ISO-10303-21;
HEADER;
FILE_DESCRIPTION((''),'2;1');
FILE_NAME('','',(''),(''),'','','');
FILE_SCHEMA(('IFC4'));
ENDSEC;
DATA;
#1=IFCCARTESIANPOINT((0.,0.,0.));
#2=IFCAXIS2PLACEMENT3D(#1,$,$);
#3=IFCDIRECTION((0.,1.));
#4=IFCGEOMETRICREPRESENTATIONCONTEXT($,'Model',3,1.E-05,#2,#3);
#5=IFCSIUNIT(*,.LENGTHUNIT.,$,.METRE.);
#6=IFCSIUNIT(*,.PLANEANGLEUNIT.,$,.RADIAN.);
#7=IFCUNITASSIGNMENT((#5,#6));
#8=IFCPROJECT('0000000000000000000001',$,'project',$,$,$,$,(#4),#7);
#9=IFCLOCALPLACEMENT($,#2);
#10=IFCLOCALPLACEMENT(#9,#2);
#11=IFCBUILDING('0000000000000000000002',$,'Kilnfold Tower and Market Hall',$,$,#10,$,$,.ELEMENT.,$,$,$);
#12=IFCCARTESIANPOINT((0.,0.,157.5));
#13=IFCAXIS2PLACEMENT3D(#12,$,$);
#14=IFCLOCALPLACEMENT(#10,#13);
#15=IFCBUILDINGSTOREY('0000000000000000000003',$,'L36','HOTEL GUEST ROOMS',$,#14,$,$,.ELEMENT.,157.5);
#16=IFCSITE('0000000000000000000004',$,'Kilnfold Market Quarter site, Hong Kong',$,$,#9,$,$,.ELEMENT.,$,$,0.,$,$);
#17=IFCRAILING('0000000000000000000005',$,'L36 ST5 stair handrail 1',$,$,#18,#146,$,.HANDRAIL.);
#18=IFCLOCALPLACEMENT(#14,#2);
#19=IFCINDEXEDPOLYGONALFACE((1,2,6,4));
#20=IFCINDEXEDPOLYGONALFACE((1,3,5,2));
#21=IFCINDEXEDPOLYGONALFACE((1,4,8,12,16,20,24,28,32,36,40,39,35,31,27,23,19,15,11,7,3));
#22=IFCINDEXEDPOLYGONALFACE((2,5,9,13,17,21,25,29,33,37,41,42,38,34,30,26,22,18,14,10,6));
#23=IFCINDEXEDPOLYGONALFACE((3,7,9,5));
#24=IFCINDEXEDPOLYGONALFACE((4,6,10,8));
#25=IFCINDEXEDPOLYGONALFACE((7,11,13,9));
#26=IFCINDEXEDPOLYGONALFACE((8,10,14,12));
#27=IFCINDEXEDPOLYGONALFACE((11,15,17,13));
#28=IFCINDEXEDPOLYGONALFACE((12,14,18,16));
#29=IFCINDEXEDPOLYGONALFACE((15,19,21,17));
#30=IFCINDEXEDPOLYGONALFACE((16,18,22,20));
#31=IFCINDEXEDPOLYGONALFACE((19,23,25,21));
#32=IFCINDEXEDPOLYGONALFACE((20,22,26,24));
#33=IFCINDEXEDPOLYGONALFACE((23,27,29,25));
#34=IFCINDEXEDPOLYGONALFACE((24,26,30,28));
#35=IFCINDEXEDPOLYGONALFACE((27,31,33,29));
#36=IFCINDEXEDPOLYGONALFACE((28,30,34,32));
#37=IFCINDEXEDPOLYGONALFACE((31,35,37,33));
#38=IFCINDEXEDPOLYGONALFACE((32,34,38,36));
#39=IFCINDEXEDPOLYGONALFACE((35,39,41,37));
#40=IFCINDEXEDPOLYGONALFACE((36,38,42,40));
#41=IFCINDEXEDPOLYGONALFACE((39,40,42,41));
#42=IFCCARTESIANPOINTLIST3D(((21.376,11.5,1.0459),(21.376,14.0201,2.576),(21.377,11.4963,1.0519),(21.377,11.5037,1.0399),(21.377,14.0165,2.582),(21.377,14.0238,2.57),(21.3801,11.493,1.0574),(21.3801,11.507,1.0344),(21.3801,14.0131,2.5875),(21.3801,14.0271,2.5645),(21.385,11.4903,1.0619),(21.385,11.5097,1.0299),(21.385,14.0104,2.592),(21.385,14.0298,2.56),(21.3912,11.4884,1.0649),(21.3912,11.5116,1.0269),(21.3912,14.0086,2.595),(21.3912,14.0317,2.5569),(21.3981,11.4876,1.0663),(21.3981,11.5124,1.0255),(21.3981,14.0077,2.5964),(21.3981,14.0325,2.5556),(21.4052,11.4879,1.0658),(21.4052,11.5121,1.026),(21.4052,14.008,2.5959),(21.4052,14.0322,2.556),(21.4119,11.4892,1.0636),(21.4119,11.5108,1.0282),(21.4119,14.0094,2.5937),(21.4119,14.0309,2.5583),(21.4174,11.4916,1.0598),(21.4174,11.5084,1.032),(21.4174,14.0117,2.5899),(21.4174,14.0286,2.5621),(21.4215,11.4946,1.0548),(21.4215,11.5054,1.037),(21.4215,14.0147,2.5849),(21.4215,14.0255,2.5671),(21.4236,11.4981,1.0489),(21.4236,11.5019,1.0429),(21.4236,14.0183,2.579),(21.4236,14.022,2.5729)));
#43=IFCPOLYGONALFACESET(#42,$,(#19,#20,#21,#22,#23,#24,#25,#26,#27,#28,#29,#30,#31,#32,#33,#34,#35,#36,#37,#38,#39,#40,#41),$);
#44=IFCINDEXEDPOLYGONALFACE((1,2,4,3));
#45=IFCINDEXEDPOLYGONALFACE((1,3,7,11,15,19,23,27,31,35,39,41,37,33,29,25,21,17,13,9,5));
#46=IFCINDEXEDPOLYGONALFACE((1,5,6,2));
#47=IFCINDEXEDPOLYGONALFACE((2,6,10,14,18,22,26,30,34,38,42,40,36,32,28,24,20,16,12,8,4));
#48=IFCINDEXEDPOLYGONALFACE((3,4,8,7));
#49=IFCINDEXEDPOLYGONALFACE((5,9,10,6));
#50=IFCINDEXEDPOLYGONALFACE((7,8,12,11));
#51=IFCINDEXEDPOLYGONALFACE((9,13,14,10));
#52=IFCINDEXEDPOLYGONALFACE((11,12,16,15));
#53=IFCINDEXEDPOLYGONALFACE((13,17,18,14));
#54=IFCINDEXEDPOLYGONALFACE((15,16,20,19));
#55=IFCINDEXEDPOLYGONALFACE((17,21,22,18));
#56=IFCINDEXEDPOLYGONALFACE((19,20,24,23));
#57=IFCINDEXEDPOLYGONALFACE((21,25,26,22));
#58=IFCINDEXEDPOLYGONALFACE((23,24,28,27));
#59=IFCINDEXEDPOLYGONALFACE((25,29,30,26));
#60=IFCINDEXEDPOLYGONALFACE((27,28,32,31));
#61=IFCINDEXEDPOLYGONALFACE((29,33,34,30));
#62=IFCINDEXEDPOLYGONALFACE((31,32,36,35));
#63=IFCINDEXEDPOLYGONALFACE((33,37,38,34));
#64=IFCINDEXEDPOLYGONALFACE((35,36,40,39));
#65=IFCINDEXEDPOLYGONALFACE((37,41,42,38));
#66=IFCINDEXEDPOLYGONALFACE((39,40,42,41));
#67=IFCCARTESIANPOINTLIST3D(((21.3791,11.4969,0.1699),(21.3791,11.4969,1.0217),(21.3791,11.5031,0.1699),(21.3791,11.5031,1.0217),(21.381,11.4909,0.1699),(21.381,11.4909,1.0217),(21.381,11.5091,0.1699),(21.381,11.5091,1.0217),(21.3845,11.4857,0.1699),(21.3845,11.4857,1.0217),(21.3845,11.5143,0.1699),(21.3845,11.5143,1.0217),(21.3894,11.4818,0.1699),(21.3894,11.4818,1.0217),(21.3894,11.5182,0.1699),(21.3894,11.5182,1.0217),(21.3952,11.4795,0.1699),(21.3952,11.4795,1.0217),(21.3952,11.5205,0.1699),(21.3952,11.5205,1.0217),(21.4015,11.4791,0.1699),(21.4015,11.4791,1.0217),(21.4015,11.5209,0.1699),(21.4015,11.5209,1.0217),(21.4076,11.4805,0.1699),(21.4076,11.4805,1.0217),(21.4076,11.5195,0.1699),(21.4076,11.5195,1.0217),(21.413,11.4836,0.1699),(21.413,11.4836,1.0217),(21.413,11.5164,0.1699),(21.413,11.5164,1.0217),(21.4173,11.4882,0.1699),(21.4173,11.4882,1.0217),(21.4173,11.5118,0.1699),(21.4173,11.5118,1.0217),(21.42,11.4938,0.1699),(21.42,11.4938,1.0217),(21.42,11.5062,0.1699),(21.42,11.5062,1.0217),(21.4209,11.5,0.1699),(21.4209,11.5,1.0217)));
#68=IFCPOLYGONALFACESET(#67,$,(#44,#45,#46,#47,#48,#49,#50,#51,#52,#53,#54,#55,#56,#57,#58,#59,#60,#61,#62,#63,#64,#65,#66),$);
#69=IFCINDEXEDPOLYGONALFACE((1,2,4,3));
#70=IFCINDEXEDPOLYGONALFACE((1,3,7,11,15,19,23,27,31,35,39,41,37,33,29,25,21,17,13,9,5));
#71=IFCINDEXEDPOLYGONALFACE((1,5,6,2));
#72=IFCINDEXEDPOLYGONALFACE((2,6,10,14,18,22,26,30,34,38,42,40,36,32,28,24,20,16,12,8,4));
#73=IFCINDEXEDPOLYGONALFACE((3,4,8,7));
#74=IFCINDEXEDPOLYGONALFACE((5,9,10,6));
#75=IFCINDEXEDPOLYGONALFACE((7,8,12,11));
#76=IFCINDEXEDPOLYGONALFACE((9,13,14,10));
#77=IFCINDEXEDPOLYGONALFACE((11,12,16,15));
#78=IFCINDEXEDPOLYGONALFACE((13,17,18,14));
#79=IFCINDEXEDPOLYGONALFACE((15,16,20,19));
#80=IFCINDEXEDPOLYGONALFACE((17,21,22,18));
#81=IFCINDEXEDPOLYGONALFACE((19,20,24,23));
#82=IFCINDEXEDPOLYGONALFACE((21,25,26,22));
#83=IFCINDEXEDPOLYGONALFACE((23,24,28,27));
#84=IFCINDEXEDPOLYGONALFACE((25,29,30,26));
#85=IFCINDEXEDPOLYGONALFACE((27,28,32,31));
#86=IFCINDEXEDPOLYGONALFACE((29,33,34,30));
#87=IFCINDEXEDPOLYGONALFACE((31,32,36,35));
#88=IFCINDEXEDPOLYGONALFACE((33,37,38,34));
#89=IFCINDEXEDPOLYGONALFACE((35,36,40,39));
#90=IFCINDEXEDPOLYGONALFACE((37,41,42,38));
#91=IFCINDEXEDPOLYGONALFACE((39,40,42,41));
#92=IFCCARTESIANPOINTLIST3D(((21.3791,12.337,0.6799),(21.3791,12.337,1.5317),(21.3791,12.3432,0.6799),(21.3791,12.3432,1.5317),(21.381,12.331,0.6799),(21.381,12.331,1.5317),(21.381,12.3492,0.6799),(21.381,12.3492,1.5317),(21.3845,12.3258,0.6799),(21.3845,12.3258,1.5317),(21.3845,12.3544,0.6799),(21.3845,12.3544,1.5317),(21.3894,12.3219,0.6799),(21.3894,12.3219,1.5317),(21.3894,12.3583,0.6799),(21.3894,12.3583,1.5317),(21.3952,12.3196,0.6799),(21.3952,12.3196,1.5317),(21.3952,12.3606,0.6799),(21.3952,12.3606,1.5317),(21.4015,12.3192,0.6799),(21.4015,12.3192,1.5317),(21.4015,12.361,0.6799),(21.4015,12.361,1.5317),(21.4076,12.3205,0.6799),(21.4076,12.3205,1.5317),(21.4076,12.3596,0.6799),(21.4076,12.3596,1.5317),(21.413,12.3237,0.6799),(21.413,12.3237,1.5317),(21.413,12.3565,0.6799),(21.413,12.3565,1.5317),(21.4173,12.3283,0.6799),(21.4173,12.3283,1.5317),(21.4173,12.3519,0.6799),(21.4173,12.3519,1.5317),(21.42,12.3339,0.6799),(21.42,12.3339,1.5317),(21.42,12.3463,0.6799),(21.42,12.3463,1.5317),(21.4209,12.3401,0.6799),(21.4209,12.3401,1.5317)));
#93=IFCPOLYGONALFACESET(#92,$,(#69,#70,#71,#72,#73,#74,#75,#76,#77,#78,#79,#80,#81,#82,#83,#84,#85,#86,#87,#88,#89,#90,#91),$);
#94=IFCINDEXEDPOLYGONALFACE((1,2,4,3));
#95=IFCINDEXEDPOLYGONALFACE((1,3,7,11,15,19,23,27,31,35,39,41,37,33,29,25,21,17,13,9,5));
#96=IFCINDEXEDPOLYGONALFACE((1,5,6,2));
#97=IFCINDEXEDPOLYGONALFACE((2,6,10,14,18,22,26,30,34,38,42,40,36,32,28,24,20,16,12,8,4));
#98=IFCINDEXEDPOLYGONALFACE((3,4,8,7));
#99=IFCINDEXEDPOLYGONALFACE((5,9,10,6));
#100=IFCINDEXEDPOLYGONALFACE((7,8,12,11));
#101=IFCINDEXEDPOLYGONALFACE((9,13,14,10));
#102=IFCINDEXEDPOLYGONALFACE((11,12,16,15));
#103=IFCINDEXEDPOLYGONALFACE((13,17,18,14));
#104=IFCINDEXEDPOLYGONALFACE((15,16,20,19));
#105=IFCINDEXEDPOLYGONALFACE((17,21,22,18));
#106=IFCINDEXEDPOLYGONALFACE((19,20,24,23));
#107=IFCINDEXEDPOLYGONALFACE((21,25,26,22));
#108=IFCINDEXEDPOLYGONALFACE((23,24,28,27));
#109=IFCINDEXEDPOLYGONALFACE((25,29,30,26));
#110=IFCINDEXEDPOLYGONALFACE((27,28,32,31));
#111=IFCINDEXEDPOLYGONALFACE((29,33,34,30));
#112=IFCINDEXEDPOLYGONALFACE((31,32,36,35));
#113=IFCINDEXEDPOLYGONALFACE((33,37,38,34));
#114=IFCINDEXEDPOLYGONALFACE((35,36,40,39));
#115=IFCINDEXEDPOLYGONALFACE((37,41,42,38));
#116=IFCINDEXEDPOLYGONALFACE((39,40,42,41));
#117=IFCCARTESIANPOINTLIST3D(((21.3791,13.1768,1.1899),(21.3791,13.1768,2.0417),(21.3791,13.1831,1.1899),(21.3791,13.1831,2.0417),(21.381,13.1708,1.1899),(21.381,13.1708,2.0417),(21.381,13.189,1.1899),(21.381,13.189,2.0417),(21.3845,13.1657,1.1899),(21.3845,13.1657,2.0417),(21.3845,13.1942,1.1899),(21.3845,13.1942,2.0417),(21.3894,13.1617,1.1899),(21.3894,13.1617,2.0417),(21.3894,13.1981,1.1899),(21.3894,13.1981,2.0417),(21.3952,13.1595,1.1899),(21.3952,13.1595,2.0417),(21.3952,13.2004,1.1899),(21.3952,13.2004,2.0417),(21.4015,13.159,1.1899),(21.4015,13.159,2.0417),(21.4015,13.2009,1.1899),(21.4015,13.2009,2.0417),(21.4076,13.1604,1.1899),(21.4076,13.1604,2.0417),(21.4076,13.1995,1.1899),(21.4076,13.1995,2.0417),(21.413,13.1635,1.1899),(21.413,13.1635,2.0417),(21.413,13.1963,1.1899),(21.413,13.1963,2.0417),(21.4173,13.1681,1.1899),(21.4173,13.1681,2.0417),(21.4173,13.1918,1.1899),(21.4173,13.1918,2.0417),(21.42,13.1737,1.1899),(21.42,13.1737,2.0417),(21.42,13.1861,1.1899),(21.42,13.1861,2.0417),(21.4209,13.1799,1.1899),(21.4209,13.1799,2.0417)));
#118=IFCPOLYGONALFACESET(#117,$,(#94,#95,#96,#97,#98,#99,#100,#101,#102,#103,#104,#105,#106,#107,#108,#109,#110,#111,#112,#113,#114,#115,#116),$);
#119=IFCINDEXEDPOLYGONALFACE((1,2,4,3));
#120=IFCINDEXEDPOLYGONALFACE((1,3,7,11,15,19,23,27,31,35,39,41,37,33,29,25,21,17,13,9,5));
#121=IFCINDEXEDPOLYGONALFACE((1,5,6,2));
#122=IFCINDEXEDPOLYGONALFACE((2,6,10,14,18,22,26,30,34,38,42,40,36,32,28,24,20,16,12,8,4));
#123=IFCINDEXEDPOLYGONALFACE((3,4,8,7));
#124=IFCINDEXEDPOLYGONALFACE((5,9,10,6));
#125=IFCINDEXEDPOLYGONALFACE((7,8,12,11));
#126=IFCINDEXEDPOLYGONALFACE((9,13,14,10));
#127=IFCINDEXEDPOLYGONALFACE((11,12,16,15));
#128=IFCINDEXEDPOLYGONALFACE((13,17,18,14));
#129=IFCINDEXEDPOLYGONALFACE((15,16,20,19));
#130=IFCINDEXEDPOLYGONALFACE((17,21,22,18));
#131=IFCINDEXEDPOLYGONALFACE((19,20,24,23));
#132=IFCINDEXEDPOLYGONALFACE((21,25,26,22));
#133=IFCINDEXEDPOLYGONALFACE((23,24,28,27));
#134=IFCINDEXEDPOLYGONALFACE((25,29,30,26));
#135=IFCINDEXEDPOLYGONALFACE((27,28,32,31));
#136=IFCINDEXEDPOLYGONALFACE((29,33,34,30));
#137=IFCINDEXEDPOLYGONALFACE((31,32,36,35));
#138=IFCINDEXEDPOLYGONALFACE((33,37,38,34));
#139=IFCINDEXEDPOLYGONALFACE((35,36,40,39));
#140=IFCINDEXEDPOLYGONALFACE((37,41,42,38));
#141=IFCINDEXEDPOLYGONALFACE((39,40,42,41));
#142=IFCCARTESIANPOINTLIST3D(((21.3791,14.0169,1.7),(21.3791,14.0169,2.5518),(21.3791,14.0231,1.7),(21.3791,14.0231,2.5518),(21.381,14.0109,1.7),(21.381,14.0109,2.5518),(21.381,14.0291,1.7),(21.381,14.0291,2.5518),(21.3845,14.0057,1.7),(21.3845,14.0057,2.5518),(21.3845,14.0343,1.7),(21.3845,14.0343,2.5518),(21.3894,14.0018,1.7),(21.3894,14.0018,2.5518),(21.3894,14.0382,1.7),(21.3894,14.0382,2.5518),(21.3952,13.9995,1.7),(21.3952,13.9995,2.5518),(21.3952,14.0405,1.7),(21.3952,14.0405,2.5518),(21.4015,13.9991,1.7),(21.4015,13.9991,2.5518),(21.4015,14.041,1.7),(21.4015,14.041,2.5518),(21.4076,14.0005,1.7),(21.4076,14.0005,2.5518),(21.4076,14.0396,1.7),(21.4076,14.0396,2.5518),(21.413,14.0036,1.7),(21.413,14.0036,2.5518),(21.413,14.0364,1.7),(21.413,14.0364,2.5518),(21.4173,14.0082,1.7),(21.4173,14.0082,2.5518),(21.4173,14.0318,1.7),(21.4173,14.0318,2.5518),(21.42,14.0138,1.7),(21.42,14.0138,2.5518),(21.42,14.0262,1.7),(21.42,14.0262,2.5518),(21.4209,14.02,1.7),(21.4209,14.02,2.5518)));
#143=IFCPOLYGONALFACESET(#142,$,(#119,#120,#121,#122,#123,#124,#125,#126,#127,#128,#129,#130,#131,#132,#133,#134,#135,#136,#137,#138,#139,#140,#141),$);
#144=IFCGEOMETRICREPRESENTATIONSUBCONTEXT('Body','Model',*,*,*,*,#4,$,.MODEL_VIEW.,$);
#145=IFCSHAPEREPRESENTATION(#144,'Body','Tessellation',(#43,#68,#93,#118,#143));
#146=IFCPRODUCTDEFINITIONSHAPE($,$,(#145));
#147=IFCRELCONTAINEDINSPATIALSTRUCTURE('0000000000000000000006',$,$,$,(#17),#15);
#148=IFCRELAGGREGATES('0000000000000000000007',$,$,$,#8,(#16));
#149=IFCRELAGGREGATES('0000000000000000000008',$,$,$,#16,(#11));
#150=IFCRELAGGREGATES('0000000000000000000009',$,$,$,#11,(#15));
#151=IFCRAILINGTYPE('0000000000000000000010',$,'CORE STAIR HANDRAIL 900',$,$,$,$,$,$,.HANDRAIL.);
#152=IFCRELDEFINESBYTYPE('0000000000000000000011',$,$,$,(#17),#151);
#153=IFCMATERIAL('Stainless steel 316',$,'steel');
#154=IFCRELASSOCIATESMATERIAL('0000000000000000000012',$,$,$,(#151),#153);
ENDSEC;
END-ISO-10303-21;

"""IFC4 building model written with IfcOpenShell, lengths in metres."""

from ifc_helpers import new_model, si_unit, direction, frame, origin, origin_2d, place, context, subcontext, project, spatial, circle, extrude, material, type_object, element, save


model = new_model("IFC4")

# Units and contexts
model_context = context("Model", 3, precision=1e-05, world=origin(), true_north=direction((0.0, 1.0)))
body_context = subcontext(model_context, "Body", "Model", "MODEL_VIEW")
ifc_project = project(units=[si_unit("LENGTHUNIT", "METRE"), si_unit("PLANEANGLEUNIT", "RADIAN")], contexts=[model_context])

# Site, building, storey
site_placement = place(None, origin())
site = spatial("IfcSite", under=ifc_project, at=site_placement, Name="Kilnfold Market Quarter site, Hong Kong", CompositionType="ELEMENT", RefElevation=0.0)
building_placement = place(site_placement, origin())
building = spatial("IfcBuilding", under=site, at=building_placement, Name="Kilnfold Tower and Market Hall", CompositionType="ELEMENT")
storey_placement = place(building_placement, frame((0.0, 0.0, 157.5)))
storey = spatial("IfcBuildingStorey", under=building, at=storey_placement, Name="L36", Description="HOTEL GUEST ROOMS", CompositionType="ELEMENT", Elevation=157.5)

# Railing
ifc_material_1 = material(Name="Stainless steel 316", Category="steel")
railing_type_1 = type_object("IfcRailingType", Name="CORE STAIR HANDRAIL 900", PredefinedType="HANDRAIL", material=ifc_material_1)
railing_1_placement = place(storey_placement, frame((21.3999, 11.5, 0.1699)))
element("IfcRailing", 1, at=railing_1_placement, inside=storey, type_object=railing_type_1, Name="L36 ST5 stair handrail 1", PredefinedType="HANDRAIL", context=body_context, shape_type="SweptSolid", body=[
    extrude(circle(Radius=0.0239, at=origin_2d()), frame((0.0, 0.0, 0.876), z_axis=(0.0, 0.854785, 0.518982), x_axis=(-1.0, 0.0, 0.0)), (0.0, 0.0, 1.0), 2.9482),
    extrude(circle(Radius=0.021, at=origin_2d()), origin(), (0.0, 0.0, 1.0), 0.8518),
    extrude(circle(Radius=0.021, at=origin_2d()), frame((0.0, 0.8401, 0.51)), (0.0, 0.0, 1.0), 0.8518),
    extrude(circle(Radius=0.021, at=origin_2d()), frame((0.0, 1.6799, 1.02)), (0.0, 0.0, 1.0), 0.8518),
    extrude(circle(Radius=0.021, at=origin_2d()), frame((0.0, 2.52, 1.53)), (0.0, 0.0, 1.0), 0.8518),
])

save(model, "model.ifc")
